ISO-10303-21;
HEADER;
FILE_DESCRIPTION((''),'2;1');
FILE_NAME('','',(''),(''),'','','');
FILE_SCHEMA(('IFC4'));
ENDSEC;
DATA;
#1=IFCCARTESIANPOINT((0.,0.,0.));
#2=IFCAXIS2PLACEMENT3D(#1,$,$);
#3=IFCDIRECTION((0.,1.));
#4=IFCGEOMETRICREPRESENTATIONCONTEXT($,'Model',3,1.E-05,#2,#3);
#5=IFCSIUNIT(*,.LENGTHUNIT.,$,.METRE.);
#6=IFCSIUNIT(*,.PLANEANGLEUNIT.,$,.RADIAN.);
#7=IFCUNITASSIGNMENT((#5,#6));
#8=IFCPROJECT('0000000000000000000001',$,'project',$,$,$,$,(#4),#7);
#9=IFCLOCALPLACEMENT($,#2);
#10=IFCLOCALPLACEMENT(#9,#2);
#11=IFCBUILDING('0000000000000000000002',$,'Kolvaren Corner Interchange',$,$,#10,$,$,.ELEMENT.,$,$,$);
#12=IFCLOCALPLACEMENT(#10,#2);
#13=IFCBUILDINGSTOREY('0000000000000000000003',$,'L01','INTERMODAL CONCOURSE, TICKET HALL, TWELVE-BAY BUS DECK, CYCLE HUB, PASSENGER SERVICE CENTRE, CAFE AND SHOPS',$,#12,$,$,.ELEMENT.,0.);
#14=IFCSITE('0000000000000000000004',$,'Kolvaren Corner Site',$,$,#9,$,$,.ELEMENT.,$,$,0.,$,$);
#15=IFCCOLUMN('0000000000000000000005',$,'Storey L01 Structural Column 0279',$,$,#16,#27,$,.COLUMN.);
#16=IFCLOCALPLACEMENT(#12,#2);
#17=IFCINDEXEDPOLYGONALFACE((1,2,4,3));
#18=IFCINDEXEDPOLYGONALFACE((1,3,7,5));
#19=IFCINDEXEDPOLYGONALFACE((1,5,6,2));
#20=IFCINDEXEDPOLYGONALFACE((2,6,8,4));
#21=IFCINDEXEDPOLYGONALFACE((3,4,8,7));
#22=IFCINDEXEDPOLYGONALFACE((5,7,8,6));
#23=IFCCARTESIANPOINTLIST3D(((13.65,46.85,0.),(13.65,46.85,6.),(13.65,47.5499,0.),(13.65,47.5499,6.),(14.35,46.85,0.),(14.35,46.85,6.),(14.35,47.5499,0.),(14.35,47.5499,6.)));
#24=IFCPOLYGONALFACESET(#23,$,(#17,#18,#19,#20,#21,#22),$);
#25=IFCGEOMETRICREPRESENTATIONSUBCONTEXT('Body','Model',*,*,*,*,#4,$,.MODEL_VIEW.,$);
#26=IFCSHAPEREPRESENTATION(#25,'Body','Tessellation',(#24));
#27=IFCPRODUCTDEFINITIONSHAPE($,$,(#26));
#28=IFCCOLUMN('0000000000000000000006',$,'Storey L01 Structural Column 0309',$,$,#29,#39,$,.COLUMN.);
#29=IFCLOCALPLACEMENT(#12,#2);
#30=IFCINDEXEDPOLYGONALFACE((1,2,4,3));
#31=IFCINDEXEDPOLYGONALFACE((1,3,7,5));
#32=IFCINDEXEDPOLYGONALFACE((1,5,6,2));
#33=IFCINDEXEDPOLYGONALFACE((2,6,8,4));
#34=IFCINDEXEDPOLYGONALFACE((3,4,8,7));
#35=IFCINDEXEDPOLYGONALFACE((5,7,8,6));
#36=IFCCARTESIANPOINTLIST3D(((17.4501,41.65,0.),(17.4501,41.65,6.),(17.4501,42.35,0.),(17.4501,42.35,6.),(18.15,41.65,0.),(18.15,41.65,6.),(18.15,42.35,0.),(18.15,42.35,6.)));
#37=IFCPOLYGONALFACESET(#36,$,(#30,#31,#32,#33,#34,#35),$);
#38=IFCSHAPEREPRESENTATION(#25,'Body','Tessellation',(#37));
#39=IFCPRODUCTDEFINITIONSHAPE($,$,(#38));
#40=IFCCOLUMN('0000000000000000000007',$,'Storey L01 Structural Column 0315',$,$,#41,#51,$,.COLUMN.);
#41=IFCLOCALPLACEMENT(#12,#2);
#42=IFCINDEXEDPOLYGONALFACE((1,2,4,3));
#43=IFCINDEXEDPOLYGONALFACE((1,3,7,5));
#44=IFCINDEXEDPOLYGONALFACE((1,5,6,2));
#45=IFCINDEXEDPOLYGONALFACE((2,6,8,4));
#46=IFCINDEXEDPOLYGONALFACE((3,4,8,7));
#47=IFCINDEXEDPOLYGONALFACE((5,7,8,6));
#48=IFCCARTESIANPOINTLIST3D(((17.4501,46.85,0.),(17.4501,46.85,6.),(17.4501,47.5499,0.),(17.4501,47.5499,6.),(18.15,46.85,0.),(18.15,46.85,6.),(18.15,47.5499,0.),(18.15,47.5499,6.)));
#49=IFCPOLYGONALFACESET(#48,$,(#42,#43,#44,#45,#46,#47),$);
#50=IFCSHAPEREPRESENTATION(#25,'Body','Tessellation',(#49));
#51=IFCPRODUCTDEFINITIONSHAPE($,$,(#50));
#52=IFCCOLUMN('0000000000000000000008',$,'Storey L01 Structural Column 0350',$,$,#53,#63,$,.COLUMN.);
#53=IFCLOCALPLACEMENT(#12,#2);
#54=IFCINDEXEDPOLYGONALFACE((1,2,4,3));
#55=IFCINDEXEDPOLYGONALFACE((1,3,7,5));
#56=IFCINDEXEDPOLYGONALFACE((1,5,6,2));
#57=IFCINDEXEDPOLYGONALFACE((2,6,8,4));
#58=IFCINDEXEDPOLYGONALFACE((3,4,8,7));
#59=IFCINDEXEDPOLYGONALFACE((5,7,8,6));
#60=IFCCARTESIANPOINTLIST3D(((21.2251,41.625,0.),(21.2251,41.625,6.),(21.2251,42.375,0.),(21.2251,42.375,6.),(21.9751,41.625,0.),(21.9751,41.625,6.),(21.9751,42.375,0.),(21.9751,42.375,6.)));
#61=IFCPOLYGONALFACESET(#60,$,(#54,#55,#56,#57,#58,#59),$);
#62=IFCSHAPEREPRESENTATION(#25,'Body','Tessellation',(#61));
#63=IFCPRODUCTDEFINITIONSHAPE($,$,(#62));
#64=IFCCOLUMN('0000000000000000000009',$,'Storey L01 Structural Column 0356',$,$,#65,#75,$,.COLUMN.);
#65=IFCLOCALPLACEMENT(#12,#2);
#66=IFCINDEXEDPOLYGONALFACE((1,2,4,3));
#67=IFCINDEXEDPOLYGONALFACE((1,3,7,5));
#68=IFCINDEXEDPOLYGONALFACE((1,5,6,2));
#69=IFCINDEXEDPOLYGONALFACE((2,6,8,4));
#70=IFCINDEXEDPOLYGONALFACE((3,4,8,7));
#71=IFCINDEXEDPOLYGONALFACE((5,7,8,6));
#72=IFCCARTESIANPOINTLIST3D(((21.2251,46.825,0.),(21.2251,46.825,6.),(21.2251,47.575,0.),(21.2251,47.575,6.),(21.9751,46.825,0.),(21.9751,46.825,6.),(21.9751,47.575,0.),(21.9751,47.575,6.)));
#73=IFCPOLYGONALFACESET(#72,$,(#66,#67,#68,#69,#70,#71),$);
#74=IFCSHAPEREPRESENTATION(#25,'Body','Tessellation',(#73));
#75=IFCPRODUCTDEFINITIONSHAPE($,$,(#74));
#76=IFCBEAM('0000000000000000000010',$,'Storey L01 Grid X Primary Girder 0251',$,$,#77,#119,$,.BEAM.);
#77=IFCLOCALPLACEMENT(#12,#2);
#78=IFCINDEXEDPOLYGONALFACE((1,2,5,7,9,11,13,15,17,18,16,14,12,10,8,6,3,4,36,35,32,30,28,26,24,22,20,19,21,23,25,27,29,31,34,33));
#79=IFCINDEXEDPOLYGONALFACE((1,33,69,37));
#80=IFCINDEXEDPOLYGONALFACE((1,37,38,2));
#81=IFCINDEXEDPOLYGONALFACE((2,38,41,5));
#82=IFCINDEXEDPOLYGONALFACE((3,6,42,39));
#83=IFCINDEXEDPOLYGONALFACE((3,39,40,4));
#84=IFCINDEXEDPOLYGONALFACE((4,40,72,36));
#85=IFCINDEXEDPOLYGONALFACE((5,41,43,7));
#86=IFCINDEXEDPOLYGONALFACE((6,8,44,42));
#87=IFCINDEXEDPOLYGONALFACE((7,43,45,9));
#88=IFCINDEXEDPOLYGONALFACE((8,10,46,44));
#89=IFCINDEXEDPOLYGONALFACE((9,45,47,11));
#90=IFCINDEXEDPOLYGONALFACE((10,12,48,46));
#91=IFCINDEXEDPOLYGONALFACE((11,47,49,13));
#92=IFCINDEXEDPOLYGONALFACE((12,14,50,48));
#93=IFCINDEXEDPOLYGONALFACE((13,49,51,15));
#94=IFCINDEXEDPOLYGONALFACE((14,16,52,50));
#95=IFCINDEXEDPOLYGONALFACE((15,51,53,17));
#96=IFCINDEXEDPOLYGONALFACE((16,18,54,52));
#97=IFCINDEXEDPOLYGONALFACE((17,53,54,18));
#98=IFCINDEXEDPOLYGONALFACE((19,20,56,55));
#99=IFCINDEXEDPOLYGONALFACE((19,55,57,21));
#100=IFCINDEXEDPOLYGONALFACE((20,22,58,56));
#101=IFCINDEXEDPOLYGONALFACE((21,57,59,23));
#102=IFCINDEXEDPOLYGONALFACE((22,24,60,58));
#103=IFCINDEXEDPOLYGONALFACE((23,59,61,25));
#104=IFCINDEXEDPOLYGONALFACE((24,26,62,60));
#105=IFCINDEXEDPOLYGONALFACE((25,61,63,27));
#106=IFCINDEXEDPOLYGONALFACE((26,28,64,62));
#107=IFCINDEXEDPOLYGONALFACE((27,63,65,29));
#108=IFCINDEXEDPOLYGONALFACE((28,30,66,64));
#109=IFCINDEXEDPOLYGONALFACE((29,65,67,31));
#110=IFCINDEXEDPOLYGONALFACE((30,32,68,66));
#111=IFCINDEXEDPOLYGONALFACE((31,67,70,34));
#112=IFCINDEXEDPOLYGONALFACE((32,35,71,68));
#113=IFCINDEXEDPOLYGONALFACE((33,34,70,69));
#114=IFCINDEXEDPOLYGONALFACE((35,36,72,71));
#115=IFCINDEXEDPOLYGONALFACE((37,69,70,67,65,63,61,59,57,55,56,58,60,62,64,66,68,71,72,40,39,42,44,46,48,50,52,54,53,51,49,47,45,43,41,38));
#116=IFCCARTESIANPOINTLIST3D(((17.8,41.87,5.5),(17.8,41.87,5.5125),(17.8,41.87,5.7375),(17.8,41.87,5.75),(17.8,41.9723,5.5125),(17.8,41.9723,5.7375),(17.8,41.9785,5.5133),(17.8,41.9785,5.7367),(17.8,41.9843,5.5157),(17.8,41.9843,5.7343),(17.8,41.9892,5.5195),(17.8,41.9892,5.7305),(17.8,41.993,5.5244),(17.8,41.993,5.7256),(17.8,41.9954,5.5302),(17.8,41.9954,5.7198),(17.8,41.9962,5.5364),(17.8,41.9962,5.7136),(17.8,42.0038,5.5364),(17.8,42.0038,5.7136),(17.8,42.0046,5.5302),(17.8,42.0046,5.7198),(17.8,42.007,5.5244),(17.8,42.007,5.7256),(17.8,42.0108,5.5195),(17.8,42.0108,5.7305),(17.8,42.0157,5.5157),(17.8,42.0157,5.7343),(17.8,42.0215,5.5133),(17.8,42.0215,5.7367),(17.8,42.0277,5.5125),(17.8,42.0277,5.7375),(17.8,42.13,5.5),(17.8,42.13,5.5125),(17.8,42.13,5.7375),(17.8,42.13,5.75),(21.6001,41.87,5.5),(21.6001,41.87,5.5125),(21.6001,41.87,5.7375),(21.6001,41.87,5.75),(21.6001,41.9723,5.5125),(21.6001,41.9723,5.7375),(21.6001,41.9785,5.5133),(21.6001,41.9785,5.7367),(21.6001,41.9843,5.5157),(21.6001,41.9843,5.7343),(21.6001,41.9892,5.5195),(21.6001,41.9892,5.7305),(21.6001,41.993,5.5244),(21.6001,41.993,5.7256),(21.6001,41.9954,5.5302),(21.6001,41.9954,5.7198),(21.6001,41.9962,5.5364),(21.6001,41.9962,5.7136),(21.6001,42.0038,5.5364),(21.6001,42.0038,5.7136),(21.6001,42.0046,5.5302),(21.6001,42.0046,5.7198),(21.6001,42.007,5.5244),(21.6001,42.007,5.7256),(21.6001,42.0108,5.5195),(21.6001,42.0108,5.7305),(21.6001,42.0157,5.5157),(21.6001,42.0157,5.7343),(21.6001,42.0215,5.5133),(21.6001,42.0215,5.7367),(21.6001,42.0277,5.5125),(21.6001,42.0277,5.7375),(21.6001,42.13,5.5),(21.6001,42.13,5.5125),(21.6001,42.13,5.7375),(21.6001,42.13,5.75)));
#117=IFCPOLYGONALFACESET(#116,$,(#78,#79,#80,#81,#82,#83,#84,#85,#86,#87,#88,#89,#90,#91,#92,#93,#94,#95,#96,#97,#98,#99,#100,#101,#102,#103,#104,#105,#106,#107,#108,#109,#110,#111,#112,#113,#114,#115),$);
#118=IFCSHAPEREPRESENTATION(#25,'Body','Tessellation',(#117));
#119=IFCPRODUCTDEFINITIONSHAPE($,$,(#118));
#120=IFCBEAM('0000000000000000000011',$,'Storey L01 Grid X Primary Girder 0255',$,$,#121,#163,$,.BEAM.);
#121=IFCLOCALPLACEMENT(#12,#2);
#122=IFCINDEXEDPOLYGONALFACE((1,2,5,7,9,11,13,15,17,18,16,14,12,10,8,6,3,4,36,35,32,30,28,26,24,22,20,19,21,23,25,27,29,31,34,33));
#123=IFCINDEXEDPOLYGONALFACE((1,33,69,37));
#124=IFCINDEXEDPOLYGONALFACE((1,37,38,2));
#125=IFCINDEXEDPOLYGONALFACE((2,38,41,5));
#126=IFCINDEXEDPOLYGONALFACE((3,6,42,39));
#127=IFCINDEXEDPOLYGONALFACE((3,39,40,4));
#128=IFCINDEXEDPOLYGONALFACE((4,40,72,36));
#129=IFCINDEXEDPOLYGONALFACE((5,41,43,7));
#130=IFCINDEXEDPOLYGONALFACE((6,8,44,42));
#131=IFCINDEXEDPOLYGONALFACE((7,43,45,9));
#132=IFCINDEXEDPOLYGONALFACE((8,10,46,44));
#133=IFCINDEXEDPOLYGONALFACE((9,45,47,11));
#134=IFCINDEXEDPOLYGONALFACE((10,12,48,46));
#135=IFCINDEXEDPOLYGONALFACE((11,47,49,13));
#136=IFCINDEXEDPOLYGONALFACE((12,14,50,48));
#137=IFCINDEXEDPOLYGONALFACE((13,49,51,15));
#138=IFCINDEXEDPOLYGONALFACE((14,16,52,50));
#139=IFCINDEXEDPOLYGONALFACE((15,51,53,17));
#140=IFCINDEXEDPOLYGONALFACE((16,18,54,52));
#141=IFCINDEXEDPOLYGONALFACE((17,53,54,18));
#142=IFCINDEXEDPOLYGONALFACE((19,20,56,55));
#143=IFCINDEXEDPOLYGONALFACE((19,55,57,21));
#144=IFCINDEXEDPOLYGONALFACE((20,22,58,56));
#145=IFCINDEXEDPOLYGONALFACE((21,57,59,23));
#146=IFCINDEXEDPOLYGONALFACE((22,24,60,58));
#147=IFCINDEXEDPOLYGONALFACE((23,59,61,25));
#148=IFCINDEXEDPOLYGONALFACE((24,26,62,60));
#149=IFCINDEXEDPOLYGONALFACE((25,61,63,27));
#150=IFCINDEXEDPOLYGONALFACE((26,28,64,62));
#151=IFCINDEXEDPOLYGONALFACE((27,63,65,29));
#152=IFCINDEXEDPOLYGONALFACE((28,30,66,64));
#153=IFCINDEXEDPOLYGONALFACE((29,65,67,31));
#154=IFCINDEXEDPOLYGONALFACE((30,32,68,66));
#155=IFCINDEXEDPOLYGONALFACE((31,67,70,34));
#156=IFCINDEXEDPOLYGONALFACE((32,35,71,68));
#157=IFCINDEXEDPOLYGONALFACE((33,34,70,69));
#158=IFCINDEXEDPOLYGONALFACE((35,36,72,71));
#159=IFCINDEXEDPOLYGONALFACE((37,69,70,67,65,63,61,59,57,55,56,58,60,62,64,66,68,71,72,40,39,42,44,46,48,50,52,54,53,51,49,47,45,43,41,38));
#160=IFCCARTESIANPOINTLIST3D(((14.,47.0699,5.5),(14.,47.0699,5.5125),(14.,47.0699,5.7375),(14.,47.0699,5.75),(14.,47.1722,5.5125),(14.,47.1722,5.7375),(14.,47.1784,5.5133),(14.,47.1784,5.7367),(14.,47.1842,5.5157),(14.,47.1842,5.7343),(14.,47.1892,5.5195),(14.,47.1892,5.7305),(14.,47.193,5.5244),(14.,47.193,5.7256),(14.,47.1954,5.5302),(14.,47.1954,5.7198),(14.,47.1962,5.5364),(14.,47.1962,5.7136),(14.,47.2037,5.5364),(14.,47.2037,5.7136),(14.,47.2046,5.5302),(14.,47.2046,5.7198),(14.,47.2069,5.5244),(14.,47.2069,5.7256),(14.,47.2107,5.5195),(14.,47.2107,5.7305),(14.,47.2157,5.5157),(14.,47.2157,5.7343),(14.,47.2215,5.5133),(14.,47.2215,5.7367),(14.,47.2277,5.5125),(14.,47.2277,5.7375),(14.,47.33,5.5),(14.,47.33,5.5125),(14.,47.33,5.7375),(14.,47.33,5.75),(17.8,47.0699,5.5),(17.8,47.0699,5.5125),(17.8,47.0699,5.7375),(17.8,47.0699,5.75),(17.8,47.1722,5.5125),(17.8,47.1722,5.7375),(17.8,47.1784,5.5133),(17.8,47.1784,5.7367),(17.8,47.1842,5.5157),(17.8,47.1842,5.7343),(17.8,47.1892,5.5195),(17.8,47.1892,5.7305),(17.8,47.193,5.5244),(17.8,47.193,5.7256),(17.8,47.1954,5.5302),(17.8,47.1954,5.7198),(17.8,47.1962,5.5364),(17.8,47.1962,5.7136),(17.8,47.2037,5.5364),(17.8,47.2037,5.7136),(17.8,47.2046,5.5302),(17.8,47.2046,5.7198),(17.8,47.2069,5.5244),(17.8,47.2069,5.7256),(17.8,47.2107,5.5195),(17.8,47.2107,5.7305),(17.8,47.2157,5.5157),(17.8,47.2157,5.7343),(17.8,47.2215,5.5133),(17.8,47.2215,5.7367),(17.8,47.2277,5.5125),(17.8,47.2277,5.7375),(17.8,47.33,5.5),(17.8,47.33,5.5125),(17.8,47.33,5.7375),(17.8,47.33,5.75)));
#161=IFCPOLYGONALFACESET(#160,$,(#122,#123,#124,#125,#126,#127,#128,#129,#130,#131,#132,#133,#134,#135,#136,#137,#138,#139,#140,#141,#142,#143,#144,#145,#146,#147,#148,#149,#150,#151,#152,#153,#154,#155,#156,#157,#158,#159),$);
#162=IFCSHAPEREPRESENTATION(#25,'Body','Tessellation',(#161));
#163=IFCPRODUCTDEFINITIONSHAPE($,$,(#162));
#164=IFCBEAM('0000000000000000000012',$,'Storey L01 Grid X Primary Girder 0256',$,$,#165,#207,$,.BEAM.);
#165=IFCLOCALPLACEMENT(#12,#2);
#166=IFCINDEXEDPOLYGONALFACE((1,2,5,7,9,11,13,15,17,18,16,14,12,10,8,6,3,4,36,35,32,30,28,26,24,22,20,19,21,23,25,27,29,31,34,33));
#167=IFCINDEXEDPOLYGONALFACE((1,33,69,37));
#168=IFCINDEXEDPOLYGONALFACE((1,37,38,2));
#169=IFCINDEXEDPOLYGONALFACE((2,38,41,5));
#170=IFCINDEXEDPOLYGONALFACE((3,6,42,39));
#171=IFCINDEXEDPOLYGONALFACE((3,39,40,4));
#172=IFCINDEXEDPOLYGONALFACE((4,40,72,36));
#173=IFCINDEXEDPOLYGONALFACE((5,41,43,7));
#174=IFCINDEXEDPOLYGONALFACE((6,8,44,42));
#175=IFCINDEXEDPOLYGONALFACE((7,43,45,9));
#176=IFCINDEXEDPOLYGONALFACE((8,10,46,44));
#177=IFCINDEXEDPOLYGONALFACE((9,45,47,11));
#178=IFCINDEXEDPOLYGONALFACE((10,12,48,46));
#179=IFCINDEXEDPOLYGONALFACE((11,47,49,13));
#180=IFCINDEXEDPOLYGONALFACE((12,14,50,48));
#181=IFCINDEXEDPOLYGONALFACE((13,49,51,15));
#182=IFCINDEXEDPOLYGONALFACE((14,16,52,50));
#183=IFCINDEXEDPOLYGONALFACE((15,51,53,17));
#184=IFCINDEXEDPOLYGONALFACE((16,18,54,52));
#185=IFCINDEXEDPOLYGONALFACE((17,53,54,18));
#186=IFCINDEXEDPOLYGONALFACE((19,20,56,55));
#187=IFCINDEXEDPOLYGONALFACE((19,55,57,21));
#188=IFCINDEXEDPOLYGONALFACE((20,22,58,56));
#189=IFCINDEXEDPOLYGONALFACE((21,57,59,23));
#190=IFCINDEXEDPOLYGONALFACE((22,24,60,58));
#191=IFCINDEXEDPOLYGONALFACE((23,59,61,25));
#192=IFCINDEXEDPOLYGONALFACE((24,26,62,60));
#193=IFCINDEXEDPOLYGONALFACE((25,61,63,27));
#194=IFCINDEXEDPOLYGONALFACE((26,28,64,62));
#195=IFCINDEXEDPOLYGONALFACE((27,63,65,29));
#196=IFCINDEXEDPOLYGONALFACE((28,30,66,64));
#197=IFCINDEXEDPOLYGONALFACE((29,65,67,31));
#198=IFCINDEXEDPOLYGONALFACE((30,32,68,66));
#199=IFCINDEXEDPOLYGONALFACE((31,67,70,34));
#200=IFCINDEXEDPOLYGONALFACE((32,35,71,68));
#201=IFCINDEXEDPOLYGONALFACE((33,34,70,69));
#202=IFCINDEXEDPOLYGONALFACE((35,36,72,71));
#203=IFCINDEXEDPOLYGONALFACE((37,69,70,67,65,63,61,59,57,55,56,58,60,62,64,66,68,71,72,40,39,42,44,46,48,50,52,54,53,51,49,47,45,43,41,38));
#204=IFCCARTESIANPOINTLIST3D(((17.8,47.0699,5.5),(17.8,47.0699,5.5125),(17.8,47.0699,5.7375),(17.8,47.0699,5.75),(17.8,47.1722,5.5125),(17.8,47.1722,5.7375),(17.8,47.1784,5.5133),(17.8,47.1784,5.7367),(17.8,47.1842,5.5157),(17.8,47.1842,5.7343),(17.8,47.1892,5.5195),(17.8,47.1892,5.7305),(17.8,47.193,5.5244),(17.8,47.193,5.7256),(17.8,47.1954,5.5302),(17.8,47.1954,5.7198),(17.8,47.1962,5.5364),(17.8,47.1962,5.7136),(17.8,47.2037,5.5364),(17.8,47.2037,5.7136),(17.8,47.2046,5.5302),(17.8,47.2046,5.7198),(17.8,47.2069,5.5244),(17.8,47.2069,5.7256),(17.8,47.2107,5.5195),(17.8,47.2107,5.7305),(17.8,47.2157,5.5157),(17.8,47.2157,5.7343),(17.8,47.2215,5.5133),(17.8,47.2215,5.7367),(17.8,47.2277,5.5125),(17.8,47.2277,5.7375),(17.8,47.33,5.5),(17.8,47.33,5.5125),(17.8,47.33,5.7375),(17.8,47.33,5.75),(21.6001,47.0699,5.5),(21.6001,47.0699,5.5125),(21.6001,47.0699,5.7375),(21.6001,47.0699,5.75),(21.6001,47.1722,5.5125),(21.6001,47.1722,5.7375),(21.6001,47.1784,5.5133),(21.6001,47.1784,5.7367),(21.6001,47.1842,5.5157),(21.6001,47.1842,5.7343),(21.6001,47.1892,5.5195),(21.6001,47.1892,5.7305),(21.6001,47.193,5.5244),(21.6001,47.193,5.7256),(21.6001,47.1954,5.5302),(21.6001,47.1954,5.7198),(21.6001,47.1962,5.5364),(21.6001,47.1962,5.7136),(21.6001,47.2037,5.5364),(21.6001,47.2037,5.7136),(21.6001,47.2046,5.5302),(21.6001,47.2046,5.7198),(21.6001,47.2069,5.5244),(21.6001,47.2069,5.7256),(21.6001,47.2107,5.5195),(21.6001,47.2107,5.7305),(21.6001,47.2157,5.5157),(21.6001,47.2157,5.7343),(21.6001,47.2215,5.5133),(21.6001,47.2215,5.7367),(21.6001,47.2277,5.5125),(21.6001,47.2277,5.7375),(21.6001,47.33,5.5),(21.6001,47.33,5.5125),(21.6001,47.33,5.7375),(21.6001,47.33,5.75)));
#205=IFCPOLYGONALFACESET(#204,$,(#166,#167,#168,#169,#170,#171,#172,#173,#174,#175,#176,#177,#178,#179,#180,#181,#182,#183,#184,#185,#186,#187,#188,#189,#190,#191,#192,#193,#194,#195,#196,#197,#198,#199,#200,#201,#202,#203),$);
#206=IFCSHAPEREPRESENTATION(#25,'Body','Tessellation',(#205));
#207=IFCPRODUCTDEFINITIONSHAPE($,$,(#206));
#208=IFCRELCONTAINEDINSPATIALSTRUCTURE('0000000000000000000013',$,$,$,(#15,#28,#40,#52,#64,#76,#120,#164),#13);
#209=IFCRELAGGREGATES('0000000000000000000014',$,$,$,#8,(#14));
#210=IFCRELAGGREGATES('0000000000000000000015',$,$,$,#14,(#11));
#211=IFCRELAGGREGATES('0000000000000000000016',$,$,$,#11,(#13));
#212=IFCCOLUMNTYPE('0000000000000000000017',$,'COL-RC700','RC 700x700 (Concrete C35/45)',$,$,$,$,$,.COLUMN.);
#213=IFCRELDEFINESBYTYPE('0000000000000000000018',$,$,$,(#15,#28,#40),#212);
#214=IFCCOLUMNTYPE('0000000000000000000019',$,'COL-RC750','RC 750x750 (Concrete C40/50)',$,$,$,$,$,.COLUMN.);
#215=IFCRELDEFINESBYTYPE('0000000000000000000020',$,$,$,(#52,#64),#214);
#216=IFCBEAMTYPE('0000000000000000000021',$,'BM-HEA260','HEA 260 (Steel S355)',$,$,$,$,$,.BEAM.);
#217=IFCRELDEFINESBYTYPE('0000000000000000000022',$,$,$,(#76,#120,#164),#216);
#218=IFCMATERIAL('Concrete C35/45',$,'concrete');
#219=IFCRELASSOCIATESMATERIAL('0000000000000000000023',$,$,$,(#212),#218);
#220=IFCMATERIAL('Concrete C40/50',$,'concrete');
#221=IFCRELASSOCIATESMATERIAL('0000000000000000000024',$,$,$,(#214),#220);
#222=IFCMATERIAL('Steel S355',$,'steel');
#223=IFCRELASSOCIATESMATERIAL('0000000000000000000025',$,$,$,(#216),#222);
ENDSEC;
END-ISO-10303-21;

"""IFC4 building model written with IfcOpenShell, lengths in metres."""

from ifc_helpers import new_model, si_unit, direction, frame, origin, origin_2d, place, context, subcontext, project, spatial, rectangle, i_section, extrude, material, material_profile, profile_set, type_object, element, save


model = new_model("IFC4")

# Units and contexts
model_context = context("Model", 3, precision=1e-05, world=origin(), true_north=direction((0.0, 1.0)))
body_context = subcontext(model_context, "Body", "Model", "MODEL_VIEW")
ifc_project = project(units=[si_unit("LENGTHUNIT", "METRE"), si_unit("PLANEANGLEUNIT", "RADIAN")], contexts=[model_context])

# Site, building, storey
site_placement = place(None, origin())
site = spatial("IfcSite", under=ifc_project, at=site_placement, Name="Kolvaren Corner Site", CompositionType="ELEMENT", RefElevation=0.0)
building_placement = place(site_placement, origin())
building = spatial("IfcBuilding", under=site, at=building_placement, Name="Kolvaren Corner Interchange", CompositionType="ELEMENT")
storey_placement = place(building_placement, origin())
storey = spatial("IfcBuildingStorey", under=building, at=storey_placement, Name="L01", Description="INTERMODAL CONCOURSE, TICKET HALL, TWELVE-BAY BUS DECK, CYCLE HUB, PASSENGER SERVICE CENTRE, CAFE AND SHOPS", CompositionType="ELEMENT", Elevation=0.0)

# Columns
ifc_material_1 = material(Name="Concrete C35/45", Category="concrete")
ifc_material_profile_1 = material_profile(ifc_material_1, rectangle(XDim=0.7, YDim=0.7, at=origin_2d()), Name="RC 700x700")
ifc_profile_set_1 = profile_set([ifc_material_profile_1], Name="Concrete C35/45")
column_type_1 = type_object("IfcColumnType", Name="COL-RC700", Description="RC 700x700 (Concrete C35/45)", PredefinedType="COLUMN", material=ifc_profile_set_1)
for number, where, z_axis, x_axis, name in (
    (1, (14.0, 47.2, 0.0), (0.0, 0.0, 1.0), (1.0, 0.0, 0.0), "Storey L01 Structural Column 0279"),
    (2, (17.8, 42.0, 0.0), (0.0, 0.0, 1.0), (1.0, 0.0, 0.0), "Storey L01 Structural Column 0309"),
    (3, (17.8, 47.2, 0.0), (0.0, 0.0, 1.0), (1.0, 0.0, 0.0), "Storey L01 Structural Column 0315"),
):
    element("IfcColumn", number, at=place(storey_placement, frame(where, z_axis=z_axis, x_axis=x_axis)), inside=storey, type_object=column_type_1, Name=name, PredefinedType="COLUMN", context=body_context, shape_type="SweptSolid", body=[
        extrude(rectangle(XDim=0.7, YDim=0.7, at=origin_2d()), origin(), (0.0, 0.0, 1.0), 6.0),
    ])
ifc_material_2 = material(Name="Concrete C40/50", Category="concrete")
ifc_material_profile_2 = material_profile(ifc_material_2, rectangle(XDim=0.75, YDim=0.75, at=origin_2d()), Name="RC 750x750")
ifc_profile_set_2 = profile_set([ifc_material_profile_2], Name="Concrete C40/50")
column_type_2 = type_object("IfcColumnType", Name="COL-RC750", Description="RC 750x750 (Concrete C40/50)", PredefinedType="COLUMN", material=ifc_profile_set_2)
for number, where, z_axis, x_axis, name in (
    (4, (21.6001, 42.0, 0.0), (0.0, 0.0, 1.0), (1.0, 0.0, 0.0), "Storey L01 Structural Column 0350"),
    (5, (21.6001, 47.2, 0.0), (0.0, 0.0, 1.0), (1.0, 0.0, 0.0), "Storey L01 Structural Column 0356"),
):
    element("IfcColumn", number, at=place(storey_placement, frame(where, z_axis=z_axis, x_axis=x_axis)), inside=storey, type_object=column_type_2, Name=name, PredefinedType="COLUMN", context=body_context, shape_type="SweptSolid", body=[
        extrude(rectangle(XDim=0.75, YDim=0.75, at=origin_2d()), origin(), (0.0, 0.0, 1.0), 6.0),
    ])

# Beams
ifc_material_3 = material(Name="Steel S355", Category="steel")
ifc_material_profile_3 = material_profile(ifc_material_3, i_section(OverallWidth=0.26, OverallDepth=0.25, WebThickness=0.0076, FlangeThickness=0.0125, FilletRadius=0.0239, at=origin_2d()), Name="HEA 260")
ifc_profile_set_3 = profile_set([ifc_material_profile_3], Name="Steel S355")
beam_type_1 = type_object("IfcBeamType", Name="BM-HEA260", Description="HEA 260 (Steel S355)", PredefinedType="BEAM", material=ifc_profile_set_3)
for number, where, z_axis, x_axis, name in (
    (6, (17.8, 42.0, 5.625), (1.0, 0.0, 0.0), (0.0, 1.0, 0.0), "Storey L01 Grid X Primary Girder 0251"),
    (7, (14.0, 47.2, 5.625), (1.0, 0.0, 0.0), (0.0, 1.0, 0.0), "Storey L01 Grid X Primary Girder 0255"),
    (8, (17.8, 47.2, 5.625), (1.0, 0.0, 0.0), (0.0, 1.0, 0.0), "Storey L01 Grid X Primary Girder 0256"),
):
    element("IfcBeam", number, at=place(storey_placement, frame(where, z_axis=z_axis, x_axis=x_axis)), inside=storey, type_object=beam_type_1, Name=name, PredefinedType="BEAM", context=body_context, shape_type="SweptSolid", body=[
        extrude(i_section(OverallWidth=0.26, OverallDepth=0.25, WebThickness=0.0076, FlangeThickness=0.0125, FilletRadius=0.0239, at=origin_2d()), origin(), (0.0, 0.0, 1.0), 3.8),
    ])

save(model, "model.ifc")
